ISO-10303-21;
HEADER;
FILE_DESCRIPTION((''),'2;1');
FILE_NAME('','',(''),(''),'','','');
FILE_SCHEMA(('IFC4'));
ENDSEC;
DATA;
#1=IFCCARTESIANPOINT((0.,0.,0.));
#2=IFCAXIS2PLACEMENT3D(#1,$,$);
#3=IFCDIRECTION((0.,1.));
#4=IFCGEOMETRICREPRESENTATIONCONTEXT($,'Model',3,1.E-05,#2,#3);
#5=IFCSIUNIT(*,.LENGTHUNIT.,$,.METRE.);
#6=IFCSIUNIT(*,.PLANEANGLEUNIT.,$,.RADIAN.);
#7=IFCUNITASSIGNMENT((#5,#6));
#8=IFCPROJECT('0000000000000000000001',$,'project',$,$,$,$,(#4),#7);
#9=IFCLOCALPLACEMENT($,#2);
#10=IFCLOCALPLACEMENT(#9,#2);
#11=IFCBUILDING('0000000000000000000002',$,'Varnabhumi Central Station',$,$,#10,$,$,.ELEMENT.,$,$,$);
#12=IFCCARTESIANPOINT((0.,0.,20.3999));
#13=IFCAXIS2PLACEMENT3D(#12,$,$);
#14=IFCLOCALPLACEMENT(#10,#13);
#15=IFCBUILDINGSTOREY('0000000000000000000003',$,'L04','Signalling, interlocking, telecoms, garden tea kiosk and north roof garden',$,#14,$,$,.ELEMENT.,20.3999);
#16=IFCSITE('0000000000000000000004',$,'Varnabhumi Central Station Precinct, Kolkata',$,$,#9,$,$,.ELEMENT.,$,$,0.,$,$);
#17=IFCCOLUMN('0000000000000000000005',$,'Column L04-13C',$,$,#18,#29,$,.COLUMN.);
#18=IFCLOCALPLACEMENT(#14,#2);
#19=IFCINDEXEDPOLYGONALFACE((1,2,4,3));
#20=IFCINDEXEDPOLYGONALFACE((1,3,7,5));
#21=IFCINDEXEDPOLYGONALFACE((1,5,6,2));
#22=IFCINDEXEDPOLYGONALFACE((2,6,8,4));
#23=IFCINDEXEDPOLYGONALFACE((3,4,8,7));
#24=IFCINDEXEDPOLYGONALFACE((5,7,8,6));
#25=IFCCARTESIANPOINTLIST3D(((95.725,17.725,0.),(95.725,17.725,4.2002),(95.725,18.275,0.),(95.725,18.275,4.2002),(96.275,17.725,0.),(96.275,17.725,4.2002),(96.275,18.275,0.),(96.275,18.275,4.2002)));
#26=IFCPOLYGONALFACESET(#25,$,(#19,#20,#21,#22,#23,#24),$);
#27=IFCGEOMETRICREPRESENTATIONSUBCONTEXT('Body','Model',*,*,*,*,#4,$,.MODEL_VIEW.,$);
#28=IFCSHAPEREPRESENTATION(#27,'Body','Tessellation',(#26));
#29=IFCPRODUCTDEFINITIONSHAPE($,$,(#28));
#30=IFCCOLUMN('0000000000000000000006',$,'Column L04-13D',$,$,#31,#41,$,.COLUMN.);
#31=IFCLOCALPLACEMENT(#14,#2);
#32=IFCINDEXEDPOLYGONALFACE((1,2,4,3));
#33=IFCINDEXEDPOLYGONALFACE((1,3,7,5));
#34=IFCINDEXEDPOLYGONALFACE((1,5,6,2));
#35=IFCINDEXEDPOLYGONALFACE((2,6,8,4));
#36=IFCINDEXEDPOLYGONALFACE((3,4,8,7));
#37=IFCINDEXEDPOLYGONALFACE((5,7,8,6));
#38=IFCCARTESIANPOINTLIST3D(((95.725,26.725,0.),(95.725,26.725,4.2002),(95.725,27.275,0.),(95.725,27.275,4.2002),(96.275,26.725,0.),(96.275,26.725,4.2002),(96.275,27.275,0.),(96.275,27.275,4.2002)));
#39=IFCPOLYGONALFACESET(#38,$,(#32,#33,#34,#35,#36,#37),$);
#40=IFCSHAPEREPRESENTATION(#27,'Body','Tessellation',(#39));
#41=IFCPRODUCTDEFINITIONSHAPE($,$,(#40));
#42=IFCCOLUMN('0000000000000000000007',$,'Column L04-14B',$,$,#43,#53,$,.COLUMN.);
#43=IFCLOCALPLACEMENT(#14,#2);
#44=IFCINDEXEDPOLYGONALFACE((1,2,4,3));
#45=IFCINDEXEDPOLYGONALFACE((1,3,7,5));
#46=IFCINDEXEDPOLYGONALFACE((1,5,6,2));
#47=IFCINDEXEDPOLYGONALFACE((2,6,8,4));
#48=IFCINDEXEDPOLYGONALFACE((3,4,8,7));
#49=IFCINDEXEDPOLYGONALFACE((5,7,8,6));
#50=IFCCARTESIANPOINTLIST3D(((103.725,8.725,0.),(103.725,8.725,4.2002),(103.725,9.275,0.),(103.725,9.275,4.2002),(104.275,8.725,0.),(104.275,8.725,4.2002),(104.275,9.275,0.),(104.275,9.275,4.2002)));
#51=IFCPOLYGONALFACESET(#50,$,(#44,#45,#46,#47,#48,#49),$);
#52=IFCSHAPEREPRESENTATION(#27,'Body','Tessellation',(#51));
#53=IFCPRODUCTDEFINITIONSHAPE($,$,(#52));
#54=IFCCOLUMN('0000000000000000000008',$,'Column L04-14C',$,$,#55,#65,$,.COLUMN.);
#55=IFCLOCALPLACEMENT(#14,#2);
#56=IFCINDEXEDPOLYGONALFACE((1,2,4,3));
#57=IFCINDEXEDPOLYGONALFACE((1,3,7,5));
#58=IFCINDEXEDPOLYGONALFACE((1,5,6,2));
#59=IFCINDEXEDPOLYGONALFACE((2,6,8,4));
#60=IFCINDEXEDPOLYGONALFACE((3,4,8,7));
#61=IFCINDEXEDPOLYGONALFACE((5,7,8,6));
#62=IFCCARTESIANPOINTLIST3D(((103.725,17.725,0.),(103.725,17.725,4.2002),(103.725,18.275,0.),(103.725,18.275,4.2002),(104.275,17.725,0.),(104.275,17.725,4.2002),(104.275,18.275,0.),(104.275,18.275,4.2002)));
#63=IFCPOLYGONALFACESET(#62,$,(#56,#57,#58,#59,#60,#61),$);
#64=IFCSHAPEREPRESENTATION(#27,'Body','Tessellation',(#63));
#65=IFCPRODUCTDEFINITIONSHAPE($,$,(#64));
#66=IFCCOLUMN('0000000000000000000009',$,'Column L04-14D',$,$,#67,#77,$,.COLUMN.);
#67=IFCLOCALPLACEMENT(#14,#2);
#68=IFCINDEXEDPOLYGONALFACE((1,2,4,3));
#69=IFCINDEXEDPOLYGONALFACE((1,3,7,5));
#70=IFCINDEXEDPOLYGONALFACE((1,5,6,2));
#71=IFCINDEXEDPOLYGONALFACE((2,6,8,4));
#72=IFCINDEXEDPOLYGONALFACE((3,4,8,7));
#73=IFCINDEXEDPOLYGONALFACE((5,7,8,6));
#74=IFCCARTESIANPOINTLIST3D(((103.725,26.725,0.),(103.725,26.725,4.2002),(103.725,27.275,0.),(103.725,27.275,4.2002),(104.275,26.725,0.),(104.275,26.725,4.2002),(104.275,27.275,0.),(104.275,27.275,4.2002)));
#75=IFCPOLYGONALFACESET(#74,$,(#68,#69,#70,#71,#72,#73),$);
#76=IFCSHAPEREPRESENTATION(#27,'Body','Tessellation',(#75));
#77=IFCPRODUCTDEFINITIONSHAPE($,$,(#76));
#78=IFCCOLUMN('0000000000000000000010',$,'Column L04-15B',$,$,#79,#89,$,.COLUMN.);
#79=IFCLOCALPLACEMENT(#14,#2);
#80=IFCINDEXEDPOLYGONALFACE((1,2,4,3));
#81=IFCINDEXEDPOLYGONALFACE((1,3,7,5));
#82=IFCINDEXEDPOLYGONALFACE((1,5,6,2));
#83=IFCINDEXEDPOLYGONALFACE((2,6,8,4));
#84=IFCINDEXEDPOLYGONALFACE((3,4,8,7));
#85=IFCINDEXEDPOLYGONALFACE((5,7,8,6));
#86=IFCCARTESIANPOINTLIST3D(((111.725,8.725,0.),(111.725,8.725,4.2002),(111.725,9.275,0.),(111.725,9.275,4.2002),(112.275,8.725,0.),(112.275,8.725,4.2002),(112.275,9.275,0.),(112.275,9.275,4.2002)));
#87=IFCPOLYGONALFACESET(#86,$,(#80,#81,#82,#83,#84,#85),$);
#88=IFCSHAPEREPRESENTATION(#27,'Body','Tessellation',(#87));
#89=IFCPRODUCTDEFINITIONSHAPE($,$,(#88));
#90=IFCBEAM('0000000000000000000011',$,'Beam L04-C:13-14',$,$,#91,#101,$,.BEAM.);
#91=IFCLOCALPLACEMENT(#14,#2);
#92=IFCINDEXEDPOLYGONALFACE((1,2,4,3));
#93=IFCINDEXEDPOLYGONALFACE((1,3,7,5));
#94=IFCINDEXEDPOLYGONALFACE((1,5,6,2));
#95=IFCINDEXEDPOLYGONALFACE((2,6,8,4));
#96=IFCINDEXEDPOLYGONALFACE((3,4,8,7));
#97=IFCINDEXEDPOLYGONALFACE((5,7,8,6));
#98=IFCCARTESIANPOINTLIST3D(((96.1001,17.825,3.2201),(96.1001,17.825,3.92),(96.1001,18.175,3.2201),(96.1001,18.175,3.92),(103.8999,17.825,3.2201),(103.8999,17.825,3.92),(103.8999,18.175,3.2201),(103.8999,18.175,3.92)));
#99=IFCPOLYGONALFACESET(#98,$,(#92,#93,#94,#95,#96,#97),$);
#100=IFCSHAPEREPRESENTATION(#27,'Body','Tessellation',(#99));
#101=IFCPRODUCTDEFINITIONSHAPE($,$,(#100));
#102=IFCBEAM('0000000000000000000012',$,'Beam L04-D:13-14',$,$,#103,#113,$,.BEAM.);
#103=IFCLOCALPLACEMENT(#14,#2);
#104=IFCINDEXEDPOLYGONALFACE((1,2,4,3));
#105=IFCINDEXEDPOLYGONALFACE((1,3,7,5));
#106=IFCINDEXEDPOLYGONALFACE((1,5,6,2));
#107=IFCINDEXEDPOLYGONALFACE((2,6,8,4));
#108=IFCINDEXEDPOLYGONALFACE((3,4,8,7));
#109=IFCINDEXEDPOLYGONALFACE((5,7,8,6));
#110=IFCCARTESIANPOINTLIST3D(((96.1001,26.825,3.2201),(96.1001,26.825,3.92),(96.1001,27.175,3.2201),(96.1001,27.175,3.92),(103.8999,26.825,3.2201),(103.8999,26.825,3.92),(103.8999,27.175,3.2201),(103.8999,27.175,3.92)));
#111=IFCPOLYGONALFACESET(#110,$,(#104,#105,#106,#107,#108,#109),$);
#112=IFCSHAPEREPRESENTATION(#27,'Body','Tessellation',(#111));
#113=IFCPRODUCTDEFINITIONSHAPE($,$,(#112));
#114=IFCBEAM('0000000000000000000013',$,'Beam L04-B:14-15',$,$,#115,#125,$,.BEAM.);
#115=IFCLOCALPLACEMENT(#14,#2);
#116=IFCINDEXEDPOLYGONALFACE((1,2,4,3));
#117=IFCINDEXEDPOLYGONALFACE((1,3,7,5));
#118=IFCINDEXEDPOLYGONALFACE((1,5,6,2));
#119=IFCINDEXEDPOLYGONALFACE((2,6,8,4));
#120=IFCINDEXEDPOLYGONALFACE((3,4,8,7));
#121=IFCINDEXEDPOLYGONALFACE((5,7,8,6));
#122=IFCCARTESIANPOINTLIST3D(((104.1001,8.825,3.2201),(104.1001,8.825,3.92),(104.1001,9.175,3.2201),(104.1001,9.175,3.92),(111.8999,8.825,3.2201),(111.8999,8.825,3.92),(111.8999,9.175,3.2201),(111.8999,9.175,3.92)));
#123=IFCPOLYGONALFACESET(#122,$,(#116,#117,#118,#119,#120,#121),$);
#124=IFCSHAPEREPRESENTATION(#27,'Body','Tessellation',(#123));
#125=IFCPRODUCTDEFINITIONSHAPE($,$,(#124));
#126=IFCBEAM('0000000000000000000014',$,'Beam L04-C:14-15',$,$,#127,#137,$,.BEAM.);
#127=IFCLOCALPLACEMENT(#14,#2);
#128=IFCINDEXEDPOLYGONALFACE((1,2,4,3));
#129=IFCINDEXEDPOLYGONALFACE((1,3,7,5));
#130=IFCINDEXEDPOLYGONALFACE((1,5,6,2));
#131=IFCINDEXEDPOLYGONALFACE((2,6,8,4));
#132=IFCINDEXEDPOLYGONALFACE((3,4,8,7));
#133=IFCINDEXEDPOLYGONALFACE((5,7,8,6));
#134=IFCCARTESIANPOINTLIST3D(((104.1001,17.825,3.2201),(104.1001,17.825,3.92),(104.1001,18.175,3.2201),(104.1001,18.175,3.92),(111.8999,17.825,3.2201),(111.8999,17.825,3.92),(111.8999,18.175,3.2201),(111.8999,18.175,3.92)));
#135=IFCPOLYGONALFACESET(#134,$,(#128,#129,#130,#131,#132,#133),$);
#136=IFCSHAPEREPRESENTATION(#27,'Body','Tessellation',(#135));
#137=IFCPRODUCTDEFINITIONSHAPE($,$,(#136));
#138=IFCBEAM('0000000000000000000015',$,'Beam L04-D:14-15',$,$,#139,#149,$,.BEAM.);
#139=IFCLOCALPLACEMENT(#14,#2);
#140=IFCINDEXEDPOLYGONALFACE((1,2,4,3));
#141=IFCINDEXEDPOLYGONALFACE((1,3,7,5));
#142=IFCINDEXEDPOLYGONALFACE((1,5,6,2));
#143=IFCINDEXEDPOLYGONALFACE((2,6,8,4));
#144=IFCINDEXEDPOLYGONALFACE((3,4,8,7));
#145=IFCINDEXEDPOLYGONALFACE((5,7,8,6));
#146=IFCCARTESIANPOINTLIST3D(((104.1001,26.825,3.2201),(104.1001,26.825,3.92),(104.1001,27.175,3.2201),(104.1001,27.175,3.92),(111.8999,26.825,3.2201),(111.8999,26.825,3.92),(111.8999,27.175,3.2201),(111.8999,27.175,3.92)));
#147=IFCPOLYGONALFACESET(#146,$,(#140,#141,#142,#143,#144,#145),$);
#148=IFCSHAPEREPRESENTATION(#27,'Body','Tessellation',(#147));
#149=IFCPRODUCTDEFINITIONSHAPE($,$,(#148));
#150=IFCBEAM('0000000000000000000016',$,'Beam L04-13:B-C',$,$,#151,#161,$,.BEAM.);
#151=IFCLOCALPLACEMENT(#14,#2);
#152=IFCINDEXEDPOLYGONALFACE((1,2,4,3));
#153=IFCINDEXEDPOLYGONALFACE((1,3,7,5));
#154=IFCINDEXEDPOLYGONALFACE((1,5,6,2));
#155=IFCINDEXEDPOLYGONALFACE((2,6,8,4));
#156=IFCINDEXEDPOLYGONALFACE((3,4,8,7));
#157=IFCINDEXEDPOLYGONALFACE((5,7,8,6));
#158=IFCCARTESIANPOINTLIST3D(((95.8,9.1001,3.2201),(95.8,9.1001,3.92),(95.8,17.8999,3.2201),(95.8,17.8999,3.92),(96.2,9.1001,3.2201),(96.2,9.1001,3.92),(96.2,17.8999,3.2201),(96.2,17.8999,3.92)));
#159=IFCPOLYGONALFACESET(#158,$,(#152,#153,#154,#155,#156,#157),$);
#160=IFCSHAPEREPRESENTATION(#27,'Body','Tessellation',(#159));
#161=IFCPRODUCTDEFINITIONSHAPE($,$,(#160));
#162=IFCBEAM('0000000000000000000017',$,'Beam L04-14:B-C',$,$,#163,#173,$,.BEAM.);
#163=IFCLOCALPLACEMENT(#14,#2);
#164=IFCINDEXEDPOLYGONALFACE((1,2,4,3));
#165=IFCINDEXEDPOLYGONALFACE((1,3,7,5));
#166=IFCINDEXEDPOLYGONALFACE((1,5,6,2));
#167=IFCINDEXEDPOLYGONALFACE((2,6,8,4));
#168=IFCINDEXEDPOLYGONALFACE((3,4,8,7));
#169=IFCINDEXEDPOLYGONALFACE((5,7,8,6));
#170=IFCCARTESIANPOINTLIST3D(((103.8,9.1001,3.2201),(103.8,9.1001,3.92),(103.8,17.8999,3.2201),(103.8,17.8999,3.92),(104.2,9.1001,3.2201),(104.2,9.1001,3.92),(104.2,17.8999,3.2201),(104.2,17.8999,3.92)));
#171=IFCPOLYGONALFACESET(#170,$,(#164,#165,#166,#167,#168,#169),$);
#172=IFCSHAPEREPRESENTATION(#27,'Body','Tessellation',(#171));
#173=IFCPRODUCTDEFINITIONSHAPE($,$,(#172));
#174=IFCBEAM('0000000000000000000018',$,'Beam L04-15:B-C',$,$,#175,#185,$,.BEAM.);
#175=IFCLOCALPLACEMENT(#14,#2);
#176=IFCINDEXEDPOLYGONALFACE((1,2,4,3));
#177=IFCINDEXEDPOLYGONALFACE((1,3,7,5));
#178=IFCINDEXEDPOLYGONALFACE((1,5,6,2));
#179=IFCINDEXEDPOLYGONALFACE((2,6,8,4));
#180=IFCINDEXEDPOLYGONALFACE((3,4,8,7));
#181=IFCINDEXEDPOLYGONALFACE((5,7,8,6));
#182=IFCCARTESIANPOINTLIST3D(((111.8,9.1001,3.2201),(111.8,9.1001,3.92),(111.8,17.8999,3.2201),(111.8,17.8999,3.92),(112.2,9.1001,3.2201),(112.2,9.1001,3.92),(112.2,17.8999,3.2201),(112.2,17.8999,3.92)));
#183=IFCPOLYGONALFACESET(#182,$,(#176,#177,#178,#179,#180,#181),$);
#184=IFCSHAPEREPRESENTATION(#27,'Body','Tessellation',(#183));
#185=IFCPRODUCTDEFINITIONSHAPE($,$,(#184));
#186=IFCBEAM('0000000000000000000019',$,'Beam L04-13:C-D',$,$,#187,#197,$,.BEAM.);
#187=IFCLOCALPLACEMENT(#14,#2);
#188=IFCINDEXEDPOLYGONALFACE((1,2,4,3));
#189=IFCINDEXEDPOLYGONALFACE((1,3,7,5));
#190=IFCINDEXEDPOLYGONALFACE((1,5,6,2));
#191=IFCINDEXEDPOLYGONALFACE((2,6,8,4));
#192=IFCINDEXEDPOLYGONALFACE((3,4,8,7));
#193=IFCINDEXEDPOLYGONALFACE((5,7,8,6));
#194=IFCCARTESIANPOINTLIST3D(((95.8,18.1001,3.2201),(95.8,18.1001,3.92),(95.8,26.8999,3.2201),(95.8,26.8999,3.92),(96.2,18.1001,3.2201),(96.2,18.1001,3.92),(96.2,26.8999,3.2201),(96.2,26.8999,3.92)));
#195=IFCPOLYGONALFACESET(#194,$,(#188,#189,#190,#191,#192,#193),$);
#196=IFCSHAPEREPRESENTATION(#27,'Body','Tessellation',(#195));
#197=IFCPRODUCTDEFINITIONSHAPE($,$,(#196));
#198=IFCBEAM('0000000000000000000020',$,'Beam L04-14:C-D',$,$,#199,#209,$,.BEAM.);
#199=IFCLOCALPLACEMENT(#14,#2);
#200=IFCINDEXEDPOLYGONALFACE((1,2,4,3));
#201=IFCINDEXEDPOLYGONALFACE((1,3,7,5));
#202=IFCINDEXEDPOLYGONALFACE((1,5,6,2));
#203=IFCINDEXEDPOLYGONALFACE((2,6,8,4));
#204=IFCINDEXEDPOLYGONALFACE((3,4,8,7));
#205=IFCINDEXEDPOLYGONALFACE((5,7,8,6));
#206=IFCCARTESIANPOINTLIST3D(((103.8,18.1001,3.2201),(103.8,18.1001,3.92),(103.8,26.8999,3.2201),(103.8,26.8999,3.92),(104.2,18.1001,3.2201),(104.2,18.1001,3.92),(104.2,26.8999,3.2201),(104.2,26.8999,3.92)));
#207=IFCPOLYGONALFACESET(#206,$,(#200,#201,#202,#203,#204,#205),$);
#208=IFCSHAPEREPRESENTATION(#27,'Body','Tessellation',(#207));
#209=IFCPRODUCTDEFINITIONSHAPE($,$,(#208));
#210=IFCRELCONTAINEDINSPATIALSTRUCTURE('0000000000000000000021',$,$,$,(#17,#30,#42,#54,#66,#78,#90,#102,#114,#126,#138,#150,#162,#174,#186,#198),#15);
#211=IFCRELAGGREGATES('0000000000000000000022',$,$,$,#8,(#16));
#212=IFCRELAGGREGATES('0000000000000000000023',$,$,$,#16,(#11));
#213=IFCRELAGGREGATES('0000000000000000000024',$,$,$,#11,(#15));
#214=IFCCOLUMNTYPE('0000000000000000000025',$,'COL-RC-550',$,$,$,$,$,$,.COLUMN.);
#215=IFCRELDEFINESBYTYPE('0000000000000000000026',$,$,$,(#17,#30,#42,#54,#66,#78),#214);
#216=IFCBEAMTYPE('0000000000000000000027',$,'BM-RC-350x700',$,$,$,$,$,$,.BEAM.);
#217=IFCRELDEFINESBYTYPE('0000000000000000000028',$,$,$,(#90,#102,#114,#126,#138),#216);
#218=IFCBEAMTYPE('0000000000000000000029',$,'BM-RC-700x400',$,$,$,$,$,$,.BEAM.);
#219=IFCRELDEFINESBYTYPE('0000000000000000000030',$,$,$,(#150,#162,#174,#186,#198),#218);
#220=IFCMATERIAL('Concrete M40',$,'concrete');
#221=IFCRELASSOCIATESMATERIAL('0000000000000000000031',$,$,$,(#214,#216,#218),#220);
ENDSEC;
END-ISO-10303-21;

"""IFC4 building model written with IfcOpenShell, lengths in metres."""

from ifc_helpers import new_model, si_unit, direction, frame, origin, origin_2d, place, context, subcontext, project, spatial, rectangle, extrude, material, material_profile, profile_set, type_object, element, save


model = new_model("IFC4")

# Units and contexts
model_context = context("Model", 3, precision=1e-05, world=origin(), true_north=direction((0.0, 1.0)))
body_context = subcontext(model_context, "Body", "Model", "MODEL_VIEW")
ifc_project = project(units=[si_unit("LENGTHUNIT", "METRE"), si_unit("PLANEANGLEUNIT", "RADIAN")], contexts=[model_context])

# Site, building, storey
site_placement = place(None, origin())
site = spatial("IfcSite", under=ifc_project, at=site_placement, Name="Varnabhumi Central Station Precinct, Kolkata", CompositionType="ELEMENT", RefElevation=0.0)
building_placement = place(site_placement, origin())
building = spatial("IfcBuilding", under=site, at=building_placement, Name="Varnabhumi Central Station", CompositionType="ELEMENT")
storey_placement = place(building_placement, frame((0.0, 0.0, 20.3999)))
storey = spatial("IfcBuildingStorey", under=building, at=storey_placement, Name="L04", Description="Signalling, interlocking, telecoms, garden tea kiosk and north roof garden", CompositionType="ELEMENT", Elevation=20.3999)

# Columns
ifc_material_1 = material(Name="Concrete M40", Category="concrete")
ifc_material_profile_1 = material_profile(ifc_material_1, rectangle(XDim=0.55, YDim=0.55, at=origin_2d()), Name="Concrete M40", Category="concrete")
ifc_profile_set_1 = profile_set([ifc_material_profile_1], Name="Concrete M40")
column_type = type_object("IfcColumnType", Name="COL-RC-550", PredefinedType="COLUMN", material=ifc_profile_set_1)
for number, where, z_axis, x_axis, name in (
    (1, (96.0, 18.0, 0.0), (0.0, 0.0, 1.0), (1.0, 0.0, 0.0), "Column L04-13C"),
    (2, (96.0, 27.0, 0.0), (0.0, 0.0, 1.0), (1.0, 0.0, 0.0), "Column L04-13D"),
    (3, (104.0, 9.0, 0.0), (0.0, 0.0, 1.0), (1.0, 0.0, 0.0), "Column L04-14B"),
    (4, (104.0, 18.0, 0.0), (0.0, 0.0, 1.0), (1.0, 0.0, 0.0), "Column L04-14C"),
    (5, (104.0, 27.0, 0.0), (0.0, 0.0, 1.0), (1.0, 0.0, 0.0), "Column L04-14D"),
    (6, (112.0, 9.0, 0.0), (0.0, 0.0, 1.0), (1.0, 0.0, 0.0), "Column L04-15B"),
):
    element("IfcColumn", number, at=place(storey_placement, frame(where, z_axis=z_axis, x_axis=x_axis)), inside=storey, type_object=column_type, Name=name, PredefinedType="COLUMN", context=body_context, shape_type="SweptSolid", body=[
        extrude(rectangle(XDim=0.55, YDim=0.55, at=origin_2d()), origin(), (0.0, 0.0, 1.0), 4.2002),
    ])

# Beams
ifc_material_profile_2 = material_profile(ifc_material_1, rectangle(XDim=0.3501, YDim=0.7, at=origin_2d()), Name="Concrete M40", Category="concrete")
ifc_profile_set_2 = profile_set([ifc_material_profile_2], Name="Concrete M40")
beam_type_1 = type_object("IfcBeamType", Name="BM-RC-350x700", PredefinedType="BEAM", material=ifc_profile_set_2)
for number, where, z_axis, x_axis, name in (
    (7, (96.1001, 18.0, 3.5701), (1.0, 0.0, 0.0), (0.0, 1.0, 0.0), "Beam L04-C:13-14"),
    (8, (96.1001, 27.0, 3.5701), (1.0, 0.0, 0.0), (0.0, 1.0, 0.0), "Beam L04-D:13-14"),
    (9, (104.1001, 9.0, 3.5701), (1.0, 0.0, 0.0), (0.0, 1.0, 0.0), "Beam L04-B:14-15"),
    (10, (104.1001, 18.0, 3.5701), (1.0, 0.0, 0.0), (0.0, 1.0, 0.0), "Beam L04-C:14-15"),
    (11, (104.1001, 27.0, 3.5701), (1.0, 0.0, 0.0), (0.0, 1.0, 0.0), "Beam L04-D:14-15"),
):
    element("IfcBeam", number, at=place(storey_placement, frame(where, z_axis=z_axis, x_axis=x_axis)), inside=storey, type_object=beam_type_1, Name=name, PredefinedType="BEAM", context=body_context, shape_type="SweptSolid", body=[
        extrude(rectangle(XDim=0.3501, YDim=0.7, at=origin_2d()), origin(), (0.0, 0.0, 1.0), 7.7998),
    ])
ifc_material_profile_3 = material_profile(ifc_material_1, rectangle(XDim=0.3999, YDim=0.7, at=origin_2d()), Name="Concrete M40", Category="concrete")
ifc_profile_set_3 = profile_set([ifc_material_profile_3], Name="Concrete M40")
beam_type_2 = type_object("IfcBeamType", Name="BM-RC-700x400", PredefinedType="BEAM", material=ifc_profile_set_3)
for number, where, z_axis, x_axis, name in (
    (12, (96.0, 9.1001, 3.5701), (0.0, 1.0, 0.0), (-1.0, 0.0, 0.0), "Beam L04-13:B-C"),
    (13, (104.0, 9.1001, 3.5701), (0.0, 1.0, 0.0), (-1.0, 0.0, 0.0), "Beam L04-14:B-C"),
    (14, (112.0, 9.1001, 3.5701), (0.0, 1.0, 0.0), (-1.0, 0.0, 0.0), "Beam L04-15:B-C"),
    (15, (96.0, 18.1001, 3.5701), (0.0, 1.0, 0.0), (-1.0, 0.0, 0.0), "Beam L04-13:C-D"),
    (16, (104.0, 18.1001, 3.5701), (0.0, 1.0, 0.0), (-1.0, 0.0, 0.0), "Beam L04-14:C-D"),
):
    element("IfcBeam", number, at=place(storey_placement, frame(where, z_axis=z_axis, x_axis=x_axis)), inside=storey, type_object=beam_type_2, Name=name, PredefinedType="BEAM", context=body_context, shape_type="SweptSolid", body=[
        extrude(rectangle(XDim=0.3999, YDim=0.7, at=origin_2d()), origin(), (0.0, 0.0, 1.0), 8.7998),
    ])

save(model, "model.ifc")
